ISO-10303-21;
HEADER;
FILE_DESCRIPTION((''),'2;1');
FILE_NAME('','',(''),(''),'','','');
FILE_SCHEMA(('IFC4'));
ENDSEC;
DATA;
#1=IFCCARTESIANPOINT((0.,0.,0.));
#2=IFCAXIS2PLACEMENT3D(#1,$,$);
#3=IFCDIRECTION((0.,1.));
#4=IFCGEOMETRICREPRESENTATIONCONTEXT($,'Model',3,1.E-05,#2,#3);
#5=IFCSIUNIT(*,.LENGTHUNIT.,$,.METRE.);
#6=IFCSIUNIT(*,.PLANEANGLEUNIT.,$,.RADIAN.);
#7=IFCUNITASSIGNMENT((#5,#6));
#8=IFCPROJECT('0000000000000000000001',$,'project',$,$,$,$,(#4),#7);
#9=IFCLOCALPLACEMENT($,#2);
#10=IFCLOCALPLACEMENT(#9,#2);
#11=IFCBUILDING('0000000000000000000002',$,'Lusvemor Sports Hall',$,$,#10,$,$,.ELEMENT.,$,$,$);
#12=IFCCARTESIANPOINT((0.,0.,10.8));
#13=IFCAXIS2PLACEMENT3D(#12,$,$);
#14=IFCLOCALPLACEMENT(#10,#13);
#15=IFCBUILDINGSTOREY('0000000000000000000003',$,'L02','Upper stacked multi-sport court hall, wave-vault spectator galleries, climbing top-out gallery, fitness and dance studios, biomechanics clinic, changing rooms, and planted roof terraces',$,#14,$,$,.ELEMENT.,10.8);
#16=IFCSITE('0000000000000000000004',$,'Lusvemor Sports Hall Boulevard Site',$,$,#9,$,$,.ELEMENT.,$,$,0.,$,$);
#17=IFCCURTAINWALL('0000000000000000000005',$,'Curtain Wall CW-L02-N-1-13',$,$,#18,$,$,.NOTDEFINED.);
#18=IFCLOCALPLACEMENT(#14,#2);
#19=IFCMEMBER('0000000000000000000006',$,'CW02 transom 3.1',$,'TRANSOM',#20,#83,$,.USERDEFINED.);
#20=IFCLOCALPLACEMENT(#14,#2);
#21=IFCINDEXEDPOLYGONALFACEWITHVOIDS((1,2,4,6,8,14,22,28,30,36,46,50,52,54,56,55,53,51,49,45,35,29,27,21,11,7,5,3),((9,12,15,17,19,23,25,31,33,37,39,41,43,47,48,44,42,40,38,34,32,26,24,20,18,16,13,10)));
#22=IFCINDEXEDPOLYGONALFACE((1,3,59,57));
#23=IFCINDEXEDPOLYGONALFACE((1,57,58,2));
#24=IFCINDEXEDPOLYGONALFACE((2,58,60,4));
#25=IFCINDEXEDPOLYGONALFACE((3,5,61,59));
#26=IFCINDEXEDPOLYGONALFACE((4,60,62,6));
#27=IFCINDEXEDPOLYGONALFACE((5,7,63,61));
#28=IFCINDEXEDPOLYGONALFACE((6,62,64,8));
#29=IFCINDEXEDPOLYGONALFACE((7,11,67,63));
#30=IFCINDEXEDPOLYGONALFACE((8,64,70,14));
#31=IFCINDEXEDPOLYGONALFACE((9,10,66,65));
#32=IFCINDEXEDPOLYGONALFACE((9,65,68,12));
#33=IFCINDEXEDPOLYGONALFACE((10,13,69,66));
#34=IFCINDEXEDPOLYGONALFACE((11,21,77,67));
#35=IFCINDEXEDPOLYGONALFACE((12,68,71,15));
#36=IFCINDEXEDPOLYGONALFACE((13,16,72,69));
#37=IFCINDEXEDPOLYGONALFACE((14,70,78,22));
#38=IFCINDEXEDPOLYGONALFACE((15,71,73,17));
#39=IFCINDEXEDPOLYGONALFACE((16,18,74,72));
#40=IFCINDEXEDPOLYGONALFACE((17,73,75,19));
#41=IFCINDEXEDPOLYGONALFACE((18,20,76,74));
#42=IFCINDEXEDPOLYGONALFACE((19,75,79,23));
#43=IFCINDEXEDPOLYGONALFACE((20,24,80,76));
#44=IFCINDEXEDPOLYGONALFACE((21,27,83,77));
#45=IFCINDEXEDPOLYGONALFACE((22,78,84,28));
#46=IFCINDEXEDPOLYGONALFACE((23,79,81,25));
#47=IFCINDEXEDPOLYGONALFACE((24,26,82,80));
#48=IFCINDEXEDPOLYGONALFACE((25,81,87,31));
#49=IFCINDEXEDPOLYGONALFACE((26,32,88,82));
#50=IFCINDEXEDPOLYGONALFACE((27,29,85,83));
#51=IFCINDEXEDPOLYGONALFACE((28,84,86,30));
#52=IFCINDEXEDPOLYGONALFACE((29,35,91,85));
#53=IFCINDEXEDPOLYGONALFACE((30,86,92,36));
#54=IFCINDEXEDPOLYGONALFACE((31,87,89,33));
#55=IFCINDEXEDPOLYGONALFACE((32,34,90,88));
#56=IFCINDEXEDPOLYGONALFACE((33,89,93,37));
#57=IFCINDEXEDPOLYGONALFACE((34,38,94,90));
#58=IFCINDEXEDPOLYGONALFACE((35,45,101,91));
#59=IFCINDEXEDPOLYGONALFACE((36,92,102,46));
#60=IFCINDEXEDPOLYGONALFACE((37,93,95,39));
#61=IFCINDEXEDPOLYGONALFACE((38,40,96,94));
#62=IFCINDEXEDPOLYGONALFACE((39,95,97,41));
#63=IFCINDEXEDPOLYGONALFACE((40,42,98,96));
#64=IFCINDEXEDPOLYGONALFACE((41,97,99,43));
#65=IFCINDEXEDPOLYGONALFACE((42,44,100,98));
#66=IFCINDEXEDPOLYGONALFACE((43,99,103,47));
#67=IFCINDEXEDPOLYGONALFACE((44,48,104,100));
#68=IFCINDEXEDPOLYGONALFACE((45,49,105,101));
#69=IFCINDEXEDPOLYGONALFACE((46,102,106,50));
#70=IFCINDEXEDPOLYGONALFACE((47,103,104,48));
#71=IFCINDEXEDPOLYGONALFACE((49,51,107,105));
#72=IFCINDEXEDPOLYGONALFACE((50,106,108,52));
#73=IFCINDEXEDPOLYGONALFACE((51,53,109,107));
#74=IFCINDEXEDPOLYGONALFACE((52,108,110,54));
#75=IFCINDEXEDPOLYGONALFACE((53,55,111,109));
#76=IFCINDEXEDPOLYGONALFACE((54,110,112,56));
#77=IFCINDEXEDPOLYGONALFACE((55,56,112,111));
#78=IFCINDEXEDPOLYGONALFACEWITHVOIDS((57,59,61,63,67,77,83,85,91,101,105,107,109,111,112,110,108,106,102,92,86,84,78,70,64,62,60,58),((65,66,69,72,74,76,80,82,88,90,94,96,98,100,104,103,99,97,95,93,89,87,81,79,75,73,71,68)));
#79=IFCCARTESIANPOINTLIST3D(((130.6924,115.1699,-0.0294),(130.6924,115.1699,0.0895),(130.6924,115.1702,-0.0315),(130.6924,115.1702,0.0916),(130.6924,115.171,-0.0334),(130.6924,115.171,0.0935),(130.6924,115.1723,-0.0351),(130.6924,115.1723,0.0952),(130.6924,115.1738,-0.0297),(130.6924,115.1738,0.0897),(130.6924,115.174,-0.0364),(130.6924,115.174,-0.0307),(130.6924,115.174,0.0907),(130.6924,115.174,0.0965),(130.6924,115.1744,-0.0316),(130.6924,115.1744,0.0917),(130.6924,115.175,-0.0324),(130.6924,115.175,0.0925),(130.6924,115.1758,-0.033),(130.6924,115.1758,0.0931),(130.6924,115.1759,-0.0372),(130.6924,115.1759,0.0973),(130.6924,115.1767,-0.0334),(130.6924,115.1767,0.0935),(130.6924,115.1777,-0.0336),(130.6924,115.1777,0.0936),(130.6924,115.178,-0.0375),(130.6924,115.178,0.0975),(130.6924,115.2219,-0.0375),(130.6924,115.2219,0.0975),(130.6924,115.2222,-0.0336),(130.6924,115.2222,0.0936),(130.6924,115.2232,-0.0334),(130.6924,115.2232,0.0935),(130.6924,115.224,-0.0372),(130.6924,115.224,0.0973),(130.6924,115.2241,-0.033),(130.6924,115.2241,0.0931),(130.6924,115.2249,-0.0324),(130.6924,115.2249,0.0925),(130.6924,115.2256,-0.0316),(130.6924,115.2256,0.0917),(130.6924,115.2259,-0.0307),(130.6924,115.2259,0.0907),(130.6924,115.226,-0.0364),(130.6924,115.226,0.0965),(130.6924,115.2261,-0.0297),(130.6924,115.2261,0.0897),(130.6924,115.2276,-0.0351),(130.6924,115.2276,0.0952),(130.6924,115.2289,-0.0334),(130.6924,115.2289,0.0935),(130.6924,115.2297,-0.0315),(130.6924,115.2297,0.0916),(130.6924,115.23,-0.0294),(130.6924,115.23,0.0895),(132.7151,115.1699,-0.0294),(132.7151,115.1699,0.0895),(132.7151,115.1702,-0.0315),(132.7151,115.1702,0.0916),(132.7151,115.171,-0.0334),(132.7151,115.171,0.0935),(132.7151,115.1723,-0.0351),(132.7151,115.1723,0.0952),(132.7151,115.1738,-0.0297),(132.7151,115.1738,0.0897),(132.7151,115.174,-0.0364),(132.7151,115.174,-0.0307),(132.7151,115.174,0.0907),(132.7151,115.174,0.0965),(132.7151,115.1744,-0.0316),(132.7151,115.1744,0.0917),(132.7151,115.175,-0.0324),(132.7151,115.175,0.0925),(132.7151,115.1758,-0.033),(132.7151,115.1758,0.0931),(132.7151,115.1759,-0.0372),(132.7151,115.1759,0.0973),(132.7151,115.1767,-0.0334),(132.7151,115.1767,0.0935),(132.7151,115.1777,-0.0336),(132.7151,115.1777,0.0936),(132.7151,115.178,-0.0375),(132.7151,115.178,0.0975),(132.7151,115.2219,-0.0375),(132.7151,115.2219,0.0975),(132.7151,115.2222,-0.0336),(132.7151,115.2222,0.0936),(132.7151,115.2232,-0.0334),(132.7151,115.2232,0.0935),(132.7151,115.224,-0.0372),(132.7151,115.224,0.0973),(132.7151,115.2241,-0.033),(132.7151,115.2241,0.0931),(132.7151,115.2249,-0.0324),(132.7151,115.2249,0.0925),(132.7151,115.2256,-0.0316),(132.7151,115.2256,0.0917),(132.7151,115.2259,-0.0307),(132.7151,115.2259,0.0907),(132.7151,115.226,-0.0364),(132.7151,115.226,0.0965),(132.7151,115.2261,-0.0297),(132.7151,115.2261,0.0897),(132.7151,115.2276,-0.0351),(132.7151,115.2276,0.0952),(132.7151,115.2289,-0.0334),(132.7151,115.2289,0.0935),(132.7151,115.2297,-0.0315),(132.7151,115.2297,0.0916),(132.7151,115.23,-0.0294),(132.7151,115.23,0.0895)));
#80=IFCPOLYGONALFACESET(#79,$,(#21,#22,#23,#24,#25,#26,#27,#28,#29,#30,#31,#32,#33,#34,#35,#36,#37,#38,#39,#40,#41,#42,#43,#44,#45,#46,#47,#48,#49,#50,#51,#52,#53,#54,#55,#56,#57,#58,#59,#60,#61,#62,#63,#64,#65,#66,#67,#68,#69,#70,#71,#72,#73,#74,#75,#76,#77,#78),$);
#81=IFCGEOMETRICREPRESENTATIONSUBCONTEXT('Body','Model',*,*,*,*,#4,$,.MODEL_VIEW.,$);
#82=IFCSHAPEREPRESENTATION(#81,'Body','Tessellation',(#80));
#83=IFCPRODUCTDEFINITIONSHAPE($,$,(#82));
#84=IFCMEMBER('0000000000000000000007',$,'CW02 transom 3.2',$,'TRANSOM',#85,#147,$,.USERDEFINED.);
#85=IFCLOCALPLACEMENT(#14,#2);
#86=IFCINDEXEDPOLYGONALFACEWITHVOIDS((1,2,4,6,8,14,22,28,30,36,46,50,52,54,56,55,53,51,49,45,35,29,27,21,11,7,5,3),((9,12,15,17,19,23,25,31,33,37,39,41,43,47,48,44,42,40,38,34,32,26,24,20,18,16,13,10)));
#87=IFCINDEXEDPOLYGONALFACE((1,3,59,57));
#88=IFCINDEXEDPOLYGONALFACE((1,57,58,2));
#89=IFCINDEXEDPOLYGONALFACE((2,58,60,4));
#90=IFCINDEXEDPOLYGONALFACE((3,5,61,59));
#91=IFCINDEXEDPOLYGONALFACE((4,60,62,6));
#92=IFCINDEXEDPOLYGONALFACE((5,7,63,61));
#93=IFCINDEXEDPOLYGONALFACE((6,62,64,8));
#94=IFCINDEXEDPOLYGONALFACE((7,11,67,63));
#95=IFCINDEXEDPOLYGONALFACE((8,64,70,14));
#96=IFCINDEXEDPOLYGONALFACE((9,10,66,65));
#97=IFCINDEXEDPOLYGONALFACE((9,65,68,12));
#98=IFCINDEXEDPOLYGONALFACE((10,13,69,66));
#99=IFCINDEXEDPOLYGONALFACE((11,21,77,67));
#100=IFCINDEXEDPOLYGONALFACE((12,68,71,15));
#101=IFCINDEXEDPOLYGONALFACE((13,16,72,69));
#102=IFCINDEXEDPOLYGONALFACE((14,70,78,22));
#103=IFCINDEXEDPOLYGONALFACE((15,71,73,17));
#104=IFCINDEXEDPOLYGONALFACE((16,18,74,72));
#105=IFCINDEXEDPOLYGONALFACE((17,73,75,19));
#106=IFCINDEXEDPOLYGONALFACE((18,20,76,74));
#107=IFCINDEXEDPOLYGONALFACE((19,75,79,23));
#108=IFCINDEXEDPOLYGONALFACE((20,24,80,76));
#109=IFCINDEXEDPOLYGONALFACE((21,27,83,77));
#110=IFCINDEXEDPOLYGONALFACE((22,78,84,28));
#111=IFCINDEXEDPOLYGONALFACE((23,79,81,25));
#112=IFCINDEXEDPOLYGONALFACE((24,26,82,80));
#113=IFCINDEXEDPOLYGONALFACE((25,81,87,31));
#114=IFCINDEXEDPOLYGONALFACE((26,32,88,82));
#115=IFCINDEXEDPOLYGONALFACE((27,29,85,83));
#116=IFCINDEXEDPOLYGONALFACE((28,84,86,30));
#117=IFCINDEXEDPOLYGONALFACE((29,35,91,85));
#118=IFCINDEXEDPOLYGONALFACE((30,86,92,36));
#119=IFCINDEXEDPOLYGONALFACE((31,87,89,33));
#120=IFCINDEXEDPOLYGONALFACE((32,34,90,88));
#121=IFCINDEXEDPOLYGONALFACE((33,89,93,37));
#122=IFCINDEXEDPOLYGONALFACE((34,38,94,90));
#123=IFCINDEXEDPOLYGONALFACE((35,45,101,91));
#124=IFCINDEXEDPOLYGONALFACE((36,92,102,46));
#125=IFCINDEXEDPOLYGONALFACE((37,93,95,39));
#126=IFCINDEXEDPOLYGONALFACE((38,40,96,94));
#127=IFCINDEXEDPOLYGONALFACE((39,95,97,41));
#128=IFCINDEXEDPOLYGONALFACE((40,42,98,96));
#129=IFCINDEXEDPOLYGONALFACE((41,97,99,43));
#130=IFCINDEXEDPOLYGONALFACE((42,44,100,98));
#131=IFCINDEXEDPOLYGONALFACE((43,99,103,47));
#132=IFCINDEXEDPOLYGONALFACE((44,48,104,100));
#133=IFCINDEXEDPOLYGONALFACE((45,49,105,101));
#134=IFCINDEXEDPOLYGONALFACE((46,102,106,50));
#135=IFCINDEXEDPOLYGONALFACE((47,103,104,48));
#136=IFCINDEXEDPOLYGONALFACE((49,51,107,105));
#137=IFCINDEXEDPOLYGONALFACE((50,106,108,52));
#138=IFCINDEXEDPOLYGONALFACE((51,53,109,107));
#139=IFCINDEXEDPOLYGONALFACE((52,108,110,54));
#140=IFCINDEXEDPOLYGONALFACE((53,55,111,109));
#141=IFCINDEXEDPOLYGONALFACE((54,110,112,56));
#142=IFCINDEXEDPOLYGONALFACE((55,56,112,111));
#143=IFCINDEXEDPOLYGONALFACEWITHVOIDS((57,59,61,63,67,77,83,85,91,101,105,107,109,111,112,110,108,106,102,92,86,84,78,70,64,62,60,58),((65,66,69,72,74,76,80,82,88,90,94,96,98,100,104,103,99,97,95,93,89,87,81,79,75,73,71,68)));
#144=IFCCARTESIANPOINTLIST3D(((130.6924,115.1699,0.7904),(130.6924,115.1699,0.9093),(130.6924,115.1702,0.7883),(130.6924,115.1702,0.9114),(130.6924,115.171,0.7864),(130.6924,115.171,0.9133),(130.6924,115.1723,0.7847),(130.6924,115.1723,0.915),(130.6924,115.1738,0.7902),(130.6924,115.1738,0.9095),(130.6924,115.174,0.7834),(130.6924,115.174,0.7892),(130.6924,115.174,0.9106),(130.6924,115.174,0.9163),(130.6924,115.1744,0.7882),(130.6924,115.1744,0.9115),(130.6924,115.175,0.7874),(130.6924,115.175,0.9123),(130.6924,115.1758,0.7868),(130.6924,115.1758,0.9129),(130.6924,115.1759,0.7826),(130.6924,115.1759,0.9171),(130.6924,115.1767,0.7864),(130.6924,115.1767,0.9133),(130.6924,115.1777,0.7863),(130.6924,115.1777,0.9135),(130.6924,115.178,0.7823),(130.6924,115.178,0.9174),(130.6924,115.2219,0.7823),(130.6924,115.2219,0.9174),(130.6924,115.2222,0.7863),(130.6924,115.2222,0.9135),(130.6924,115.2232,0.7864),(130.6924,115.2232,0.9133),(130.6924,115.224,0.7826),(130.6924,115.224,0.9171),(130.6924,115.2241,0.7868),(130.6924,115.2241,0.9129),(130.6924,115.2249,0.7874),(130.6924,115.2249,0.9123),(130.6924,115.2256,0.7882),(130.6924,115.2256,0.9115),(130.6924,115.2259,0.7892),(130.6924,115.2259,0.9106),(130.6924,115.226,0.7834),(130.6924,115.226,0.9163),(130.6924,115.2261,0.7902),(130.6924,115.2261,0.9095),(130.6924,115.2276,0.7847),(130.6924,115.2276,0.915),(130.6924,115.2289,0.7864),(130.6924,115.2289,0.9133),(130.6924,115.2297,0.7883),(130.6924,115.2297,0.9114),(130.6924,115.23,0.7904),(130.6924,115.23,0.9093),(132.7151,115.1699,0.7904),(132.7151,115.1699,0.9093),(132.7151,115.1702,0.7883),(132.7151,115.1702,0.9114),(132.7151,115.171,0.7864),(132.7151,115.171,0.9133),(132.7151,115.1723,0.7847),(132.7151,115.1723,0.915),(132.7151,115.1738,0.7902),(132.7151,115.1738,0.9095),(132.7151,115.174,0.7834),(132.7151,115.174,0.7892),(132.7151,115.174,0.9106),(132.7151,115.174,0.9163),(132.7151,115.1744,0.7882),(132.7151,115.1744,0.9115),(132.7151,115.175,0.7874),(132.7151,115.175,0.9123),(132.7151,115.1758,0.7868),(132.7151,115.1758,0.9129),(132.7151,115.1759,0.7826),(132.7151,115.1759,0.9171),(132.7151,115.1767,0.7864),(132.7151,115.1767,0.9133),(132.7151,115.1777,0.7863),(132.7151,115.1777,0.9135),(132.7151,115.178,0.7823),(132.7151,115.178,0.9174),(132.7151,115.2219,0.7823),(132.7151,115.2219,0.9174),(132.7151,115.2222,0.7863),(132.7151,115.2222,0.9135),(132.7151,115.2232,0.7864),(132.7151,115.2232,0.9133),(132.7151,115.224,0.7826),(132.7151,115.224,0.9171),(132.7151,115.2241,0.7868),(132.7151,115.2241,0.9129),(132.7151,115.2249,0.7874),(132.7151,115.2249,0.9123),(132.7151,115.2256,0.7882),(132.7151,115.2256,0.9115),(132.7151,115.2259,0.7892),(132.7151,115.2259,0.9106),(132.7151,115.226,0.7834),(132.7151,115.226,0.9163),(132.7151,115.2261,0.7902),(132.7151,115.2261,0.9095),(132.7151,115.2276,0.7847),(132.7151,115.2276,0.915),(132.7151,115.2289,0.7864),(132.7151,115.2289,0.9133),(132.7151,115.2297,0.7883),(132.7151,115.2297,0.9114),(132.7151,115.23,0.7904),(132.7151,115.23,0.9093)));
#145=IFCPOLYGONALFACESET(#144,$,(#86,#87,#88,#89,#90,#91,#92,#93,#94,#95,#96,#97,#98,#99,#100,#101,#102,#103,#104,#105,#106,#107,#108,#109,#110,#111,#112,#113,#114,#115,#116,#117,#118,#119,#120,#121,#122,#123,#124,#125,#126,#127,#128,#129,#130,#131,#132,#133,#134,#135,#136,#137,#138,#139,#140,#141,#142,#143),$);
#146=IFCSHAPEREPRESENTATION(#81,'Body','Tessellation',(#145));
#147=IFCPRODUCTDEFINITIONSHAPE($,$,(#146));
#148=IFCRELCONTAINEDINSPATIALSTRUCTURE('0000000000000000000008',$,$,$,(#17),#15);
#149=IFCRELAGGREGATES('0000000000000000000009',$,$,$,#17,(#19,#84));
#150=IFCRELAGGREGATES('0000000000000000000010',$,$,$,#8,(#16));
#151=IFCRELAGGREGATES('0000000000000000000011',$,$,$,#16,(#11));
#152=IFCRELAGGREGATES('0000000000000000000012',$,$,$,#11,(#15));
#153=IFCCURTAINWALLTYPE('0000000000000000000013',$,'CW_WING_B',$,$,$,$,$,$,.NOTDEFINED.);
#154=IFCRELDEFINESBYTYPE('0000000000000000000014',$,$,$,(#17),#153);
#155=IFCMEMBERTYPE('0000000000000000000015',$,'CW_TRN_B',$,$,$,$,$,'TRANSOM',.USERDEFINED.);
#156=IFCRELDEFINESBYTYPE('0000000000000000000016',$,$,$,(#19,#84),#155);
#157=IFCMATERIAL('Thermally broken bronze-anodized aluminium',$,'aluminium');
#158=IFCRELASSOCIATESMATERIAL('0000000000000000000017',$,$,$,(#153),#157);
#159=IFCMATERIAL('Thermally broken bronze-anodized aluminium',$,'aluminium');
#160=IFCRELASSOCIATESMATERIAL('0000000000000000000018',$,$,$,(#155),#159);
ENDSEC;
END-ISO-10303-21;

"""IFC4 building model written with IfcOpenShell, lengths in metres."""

from ifc_helpers import new_model, si_unit, direction, frame, origin, origin_2d, place, context, subcontext, project, spatial, hollow_rectangle, extrude, material, material_profile, profile_set, type_object, element, aggregate, save


model = new_model("IFC4")

# Units and contexts
model_context = context("Model", 3, precision=1e-05, world=origin(), true_north=direction((0.0, 1.0)))
body_context = subcontext(model_context, "Body", "Model", "MODEL_VIEW")
ifc_project = project(units=[si_unit("LENGTHUNIT", "METRE"), si_unit("PLANEANGLEUNIT", "RADIAN")], contexts=[model_context])

# Site, building, storey
site_placement = place(None, origin())
site = spatial("IfcSite", under=ifc_project, at=site_placement, Name="Lusvemor Sports Hall Boulevard Site", CompositionType="ELEMENT", RefElevation=0.0)
building_placement = place(site_placement, origin())
building = spatial("IfcBuilding", under=site, at=building_placement, Name="Lusvemor Sports Hall", CompositionType="ELEMENT")
storey_placement = place(building_placement, frame((0.0, 0.0, 10.8)))
storey = spatial("IfcBuildingStorey", under=building, at=storey_placement, Name="L02", Description="Upper stacked multi-sport court hall, wave-vault spectator galleries, climbing top-out gallery, fitness and dance studios, biomechanics clinic, changing rooms, and planted roof terraces", CompositionType="ELEMENT", Elevation=10.8)

# Curtain wall
ifc_material_1 = material(Name="Thermally broken bronze-anodized aluminium", Category="aluminium")
curtain_wall_type_1 = type_object("IfcCurtainWallType", Name="CW_WING_B", PredefinedType="NOTDEFINED", material=ifc_material_1)
curtain_wall_1_placement = place(storey_placement, origin())
curtain_wall_1 = element("IfcCurtainWall", 1, at=curtain_wall_1_placement, inside=storey, type_object=curtain_wall_type_1, Name="Curtain Wall CW-L02-N-1-13", PredefinedType="NOTDEFINED")

# Members
ifc_material_2 = material(Name="Thermally broken bronze-anodized aluminium", Category="aluminium")
ifc_material_profile_1 = material_profile(ifc_material_2, hollow_rectangle(XDim=0.0601, YDim=0.135, WallThickness=0.0039, InnerFilletRadius=0.0039, OuterFilletRadius=0.0081, at=origin_2d()), Name="CWTRN135x60x4")
ifc_profile_set_1 = profile_set([ifc_material_profile_1], Name="Thermally broken bronze-anodized aluminium")
member_type_1 = type_object("IfcMemberType", Name="CW_TRN_B", ElementType="TRANSOM", PredefinedType="USERDEFINED", material=ifc_profile_set_1)
member_1_placement = place(storey_placement, frame((130.6924, 115.2, 0.03), z_axis=(1.0, 0.0, 0.0), x_axis=(0.0, 1.0, 0.0)))
member_1 = element("IfcMember", 2, at=member_1_placement, type_object=member_type_1, Name="CW02 transom 3.1", ObjectType="TRANSOM", PredefinedType="USERDEFINED", context=body_context, shape_type="SweptSolid", body=[
    extrude(hollow_rectangle(XDim=0.0601, YDim=0.135, WallThickness=0.0039, InnerFilletRadius=0.0039, OuterFilletRadius=0.0081, at=origin_2d()), origin(), (0.0, 0.0, 1.0), 2.0227),
])
member_2_placement = place(storey_placement, frame((130.6924, 115.2, 0.8499), z_axis=(1.0, 0.0, 0.0), x_axis=(0.0, 1.0, 0.0)))
member_2 = element("IfcMember", 3, at=member_2_placement, type_object=member_type_1, Name="CW02 transom 3.2", ObjectType="TRANSOM", PredefinedType="USERDEFINED", context=body_context, shape_type="SweptSolid", body=[
    extrude(hollow_rectangle(XDim=0.0601, YDim=0.135, WallThickness=0.0039, InnerFilletRadius=0.0039, OuterFilletRadius=0.0081, at=origin_2d()), origin(), (0.0, 0.0, 1.0), 2.0227),
])

aggregate(curtain_wall_1, [member_1, member_2])

save(model, "model.ifc")
